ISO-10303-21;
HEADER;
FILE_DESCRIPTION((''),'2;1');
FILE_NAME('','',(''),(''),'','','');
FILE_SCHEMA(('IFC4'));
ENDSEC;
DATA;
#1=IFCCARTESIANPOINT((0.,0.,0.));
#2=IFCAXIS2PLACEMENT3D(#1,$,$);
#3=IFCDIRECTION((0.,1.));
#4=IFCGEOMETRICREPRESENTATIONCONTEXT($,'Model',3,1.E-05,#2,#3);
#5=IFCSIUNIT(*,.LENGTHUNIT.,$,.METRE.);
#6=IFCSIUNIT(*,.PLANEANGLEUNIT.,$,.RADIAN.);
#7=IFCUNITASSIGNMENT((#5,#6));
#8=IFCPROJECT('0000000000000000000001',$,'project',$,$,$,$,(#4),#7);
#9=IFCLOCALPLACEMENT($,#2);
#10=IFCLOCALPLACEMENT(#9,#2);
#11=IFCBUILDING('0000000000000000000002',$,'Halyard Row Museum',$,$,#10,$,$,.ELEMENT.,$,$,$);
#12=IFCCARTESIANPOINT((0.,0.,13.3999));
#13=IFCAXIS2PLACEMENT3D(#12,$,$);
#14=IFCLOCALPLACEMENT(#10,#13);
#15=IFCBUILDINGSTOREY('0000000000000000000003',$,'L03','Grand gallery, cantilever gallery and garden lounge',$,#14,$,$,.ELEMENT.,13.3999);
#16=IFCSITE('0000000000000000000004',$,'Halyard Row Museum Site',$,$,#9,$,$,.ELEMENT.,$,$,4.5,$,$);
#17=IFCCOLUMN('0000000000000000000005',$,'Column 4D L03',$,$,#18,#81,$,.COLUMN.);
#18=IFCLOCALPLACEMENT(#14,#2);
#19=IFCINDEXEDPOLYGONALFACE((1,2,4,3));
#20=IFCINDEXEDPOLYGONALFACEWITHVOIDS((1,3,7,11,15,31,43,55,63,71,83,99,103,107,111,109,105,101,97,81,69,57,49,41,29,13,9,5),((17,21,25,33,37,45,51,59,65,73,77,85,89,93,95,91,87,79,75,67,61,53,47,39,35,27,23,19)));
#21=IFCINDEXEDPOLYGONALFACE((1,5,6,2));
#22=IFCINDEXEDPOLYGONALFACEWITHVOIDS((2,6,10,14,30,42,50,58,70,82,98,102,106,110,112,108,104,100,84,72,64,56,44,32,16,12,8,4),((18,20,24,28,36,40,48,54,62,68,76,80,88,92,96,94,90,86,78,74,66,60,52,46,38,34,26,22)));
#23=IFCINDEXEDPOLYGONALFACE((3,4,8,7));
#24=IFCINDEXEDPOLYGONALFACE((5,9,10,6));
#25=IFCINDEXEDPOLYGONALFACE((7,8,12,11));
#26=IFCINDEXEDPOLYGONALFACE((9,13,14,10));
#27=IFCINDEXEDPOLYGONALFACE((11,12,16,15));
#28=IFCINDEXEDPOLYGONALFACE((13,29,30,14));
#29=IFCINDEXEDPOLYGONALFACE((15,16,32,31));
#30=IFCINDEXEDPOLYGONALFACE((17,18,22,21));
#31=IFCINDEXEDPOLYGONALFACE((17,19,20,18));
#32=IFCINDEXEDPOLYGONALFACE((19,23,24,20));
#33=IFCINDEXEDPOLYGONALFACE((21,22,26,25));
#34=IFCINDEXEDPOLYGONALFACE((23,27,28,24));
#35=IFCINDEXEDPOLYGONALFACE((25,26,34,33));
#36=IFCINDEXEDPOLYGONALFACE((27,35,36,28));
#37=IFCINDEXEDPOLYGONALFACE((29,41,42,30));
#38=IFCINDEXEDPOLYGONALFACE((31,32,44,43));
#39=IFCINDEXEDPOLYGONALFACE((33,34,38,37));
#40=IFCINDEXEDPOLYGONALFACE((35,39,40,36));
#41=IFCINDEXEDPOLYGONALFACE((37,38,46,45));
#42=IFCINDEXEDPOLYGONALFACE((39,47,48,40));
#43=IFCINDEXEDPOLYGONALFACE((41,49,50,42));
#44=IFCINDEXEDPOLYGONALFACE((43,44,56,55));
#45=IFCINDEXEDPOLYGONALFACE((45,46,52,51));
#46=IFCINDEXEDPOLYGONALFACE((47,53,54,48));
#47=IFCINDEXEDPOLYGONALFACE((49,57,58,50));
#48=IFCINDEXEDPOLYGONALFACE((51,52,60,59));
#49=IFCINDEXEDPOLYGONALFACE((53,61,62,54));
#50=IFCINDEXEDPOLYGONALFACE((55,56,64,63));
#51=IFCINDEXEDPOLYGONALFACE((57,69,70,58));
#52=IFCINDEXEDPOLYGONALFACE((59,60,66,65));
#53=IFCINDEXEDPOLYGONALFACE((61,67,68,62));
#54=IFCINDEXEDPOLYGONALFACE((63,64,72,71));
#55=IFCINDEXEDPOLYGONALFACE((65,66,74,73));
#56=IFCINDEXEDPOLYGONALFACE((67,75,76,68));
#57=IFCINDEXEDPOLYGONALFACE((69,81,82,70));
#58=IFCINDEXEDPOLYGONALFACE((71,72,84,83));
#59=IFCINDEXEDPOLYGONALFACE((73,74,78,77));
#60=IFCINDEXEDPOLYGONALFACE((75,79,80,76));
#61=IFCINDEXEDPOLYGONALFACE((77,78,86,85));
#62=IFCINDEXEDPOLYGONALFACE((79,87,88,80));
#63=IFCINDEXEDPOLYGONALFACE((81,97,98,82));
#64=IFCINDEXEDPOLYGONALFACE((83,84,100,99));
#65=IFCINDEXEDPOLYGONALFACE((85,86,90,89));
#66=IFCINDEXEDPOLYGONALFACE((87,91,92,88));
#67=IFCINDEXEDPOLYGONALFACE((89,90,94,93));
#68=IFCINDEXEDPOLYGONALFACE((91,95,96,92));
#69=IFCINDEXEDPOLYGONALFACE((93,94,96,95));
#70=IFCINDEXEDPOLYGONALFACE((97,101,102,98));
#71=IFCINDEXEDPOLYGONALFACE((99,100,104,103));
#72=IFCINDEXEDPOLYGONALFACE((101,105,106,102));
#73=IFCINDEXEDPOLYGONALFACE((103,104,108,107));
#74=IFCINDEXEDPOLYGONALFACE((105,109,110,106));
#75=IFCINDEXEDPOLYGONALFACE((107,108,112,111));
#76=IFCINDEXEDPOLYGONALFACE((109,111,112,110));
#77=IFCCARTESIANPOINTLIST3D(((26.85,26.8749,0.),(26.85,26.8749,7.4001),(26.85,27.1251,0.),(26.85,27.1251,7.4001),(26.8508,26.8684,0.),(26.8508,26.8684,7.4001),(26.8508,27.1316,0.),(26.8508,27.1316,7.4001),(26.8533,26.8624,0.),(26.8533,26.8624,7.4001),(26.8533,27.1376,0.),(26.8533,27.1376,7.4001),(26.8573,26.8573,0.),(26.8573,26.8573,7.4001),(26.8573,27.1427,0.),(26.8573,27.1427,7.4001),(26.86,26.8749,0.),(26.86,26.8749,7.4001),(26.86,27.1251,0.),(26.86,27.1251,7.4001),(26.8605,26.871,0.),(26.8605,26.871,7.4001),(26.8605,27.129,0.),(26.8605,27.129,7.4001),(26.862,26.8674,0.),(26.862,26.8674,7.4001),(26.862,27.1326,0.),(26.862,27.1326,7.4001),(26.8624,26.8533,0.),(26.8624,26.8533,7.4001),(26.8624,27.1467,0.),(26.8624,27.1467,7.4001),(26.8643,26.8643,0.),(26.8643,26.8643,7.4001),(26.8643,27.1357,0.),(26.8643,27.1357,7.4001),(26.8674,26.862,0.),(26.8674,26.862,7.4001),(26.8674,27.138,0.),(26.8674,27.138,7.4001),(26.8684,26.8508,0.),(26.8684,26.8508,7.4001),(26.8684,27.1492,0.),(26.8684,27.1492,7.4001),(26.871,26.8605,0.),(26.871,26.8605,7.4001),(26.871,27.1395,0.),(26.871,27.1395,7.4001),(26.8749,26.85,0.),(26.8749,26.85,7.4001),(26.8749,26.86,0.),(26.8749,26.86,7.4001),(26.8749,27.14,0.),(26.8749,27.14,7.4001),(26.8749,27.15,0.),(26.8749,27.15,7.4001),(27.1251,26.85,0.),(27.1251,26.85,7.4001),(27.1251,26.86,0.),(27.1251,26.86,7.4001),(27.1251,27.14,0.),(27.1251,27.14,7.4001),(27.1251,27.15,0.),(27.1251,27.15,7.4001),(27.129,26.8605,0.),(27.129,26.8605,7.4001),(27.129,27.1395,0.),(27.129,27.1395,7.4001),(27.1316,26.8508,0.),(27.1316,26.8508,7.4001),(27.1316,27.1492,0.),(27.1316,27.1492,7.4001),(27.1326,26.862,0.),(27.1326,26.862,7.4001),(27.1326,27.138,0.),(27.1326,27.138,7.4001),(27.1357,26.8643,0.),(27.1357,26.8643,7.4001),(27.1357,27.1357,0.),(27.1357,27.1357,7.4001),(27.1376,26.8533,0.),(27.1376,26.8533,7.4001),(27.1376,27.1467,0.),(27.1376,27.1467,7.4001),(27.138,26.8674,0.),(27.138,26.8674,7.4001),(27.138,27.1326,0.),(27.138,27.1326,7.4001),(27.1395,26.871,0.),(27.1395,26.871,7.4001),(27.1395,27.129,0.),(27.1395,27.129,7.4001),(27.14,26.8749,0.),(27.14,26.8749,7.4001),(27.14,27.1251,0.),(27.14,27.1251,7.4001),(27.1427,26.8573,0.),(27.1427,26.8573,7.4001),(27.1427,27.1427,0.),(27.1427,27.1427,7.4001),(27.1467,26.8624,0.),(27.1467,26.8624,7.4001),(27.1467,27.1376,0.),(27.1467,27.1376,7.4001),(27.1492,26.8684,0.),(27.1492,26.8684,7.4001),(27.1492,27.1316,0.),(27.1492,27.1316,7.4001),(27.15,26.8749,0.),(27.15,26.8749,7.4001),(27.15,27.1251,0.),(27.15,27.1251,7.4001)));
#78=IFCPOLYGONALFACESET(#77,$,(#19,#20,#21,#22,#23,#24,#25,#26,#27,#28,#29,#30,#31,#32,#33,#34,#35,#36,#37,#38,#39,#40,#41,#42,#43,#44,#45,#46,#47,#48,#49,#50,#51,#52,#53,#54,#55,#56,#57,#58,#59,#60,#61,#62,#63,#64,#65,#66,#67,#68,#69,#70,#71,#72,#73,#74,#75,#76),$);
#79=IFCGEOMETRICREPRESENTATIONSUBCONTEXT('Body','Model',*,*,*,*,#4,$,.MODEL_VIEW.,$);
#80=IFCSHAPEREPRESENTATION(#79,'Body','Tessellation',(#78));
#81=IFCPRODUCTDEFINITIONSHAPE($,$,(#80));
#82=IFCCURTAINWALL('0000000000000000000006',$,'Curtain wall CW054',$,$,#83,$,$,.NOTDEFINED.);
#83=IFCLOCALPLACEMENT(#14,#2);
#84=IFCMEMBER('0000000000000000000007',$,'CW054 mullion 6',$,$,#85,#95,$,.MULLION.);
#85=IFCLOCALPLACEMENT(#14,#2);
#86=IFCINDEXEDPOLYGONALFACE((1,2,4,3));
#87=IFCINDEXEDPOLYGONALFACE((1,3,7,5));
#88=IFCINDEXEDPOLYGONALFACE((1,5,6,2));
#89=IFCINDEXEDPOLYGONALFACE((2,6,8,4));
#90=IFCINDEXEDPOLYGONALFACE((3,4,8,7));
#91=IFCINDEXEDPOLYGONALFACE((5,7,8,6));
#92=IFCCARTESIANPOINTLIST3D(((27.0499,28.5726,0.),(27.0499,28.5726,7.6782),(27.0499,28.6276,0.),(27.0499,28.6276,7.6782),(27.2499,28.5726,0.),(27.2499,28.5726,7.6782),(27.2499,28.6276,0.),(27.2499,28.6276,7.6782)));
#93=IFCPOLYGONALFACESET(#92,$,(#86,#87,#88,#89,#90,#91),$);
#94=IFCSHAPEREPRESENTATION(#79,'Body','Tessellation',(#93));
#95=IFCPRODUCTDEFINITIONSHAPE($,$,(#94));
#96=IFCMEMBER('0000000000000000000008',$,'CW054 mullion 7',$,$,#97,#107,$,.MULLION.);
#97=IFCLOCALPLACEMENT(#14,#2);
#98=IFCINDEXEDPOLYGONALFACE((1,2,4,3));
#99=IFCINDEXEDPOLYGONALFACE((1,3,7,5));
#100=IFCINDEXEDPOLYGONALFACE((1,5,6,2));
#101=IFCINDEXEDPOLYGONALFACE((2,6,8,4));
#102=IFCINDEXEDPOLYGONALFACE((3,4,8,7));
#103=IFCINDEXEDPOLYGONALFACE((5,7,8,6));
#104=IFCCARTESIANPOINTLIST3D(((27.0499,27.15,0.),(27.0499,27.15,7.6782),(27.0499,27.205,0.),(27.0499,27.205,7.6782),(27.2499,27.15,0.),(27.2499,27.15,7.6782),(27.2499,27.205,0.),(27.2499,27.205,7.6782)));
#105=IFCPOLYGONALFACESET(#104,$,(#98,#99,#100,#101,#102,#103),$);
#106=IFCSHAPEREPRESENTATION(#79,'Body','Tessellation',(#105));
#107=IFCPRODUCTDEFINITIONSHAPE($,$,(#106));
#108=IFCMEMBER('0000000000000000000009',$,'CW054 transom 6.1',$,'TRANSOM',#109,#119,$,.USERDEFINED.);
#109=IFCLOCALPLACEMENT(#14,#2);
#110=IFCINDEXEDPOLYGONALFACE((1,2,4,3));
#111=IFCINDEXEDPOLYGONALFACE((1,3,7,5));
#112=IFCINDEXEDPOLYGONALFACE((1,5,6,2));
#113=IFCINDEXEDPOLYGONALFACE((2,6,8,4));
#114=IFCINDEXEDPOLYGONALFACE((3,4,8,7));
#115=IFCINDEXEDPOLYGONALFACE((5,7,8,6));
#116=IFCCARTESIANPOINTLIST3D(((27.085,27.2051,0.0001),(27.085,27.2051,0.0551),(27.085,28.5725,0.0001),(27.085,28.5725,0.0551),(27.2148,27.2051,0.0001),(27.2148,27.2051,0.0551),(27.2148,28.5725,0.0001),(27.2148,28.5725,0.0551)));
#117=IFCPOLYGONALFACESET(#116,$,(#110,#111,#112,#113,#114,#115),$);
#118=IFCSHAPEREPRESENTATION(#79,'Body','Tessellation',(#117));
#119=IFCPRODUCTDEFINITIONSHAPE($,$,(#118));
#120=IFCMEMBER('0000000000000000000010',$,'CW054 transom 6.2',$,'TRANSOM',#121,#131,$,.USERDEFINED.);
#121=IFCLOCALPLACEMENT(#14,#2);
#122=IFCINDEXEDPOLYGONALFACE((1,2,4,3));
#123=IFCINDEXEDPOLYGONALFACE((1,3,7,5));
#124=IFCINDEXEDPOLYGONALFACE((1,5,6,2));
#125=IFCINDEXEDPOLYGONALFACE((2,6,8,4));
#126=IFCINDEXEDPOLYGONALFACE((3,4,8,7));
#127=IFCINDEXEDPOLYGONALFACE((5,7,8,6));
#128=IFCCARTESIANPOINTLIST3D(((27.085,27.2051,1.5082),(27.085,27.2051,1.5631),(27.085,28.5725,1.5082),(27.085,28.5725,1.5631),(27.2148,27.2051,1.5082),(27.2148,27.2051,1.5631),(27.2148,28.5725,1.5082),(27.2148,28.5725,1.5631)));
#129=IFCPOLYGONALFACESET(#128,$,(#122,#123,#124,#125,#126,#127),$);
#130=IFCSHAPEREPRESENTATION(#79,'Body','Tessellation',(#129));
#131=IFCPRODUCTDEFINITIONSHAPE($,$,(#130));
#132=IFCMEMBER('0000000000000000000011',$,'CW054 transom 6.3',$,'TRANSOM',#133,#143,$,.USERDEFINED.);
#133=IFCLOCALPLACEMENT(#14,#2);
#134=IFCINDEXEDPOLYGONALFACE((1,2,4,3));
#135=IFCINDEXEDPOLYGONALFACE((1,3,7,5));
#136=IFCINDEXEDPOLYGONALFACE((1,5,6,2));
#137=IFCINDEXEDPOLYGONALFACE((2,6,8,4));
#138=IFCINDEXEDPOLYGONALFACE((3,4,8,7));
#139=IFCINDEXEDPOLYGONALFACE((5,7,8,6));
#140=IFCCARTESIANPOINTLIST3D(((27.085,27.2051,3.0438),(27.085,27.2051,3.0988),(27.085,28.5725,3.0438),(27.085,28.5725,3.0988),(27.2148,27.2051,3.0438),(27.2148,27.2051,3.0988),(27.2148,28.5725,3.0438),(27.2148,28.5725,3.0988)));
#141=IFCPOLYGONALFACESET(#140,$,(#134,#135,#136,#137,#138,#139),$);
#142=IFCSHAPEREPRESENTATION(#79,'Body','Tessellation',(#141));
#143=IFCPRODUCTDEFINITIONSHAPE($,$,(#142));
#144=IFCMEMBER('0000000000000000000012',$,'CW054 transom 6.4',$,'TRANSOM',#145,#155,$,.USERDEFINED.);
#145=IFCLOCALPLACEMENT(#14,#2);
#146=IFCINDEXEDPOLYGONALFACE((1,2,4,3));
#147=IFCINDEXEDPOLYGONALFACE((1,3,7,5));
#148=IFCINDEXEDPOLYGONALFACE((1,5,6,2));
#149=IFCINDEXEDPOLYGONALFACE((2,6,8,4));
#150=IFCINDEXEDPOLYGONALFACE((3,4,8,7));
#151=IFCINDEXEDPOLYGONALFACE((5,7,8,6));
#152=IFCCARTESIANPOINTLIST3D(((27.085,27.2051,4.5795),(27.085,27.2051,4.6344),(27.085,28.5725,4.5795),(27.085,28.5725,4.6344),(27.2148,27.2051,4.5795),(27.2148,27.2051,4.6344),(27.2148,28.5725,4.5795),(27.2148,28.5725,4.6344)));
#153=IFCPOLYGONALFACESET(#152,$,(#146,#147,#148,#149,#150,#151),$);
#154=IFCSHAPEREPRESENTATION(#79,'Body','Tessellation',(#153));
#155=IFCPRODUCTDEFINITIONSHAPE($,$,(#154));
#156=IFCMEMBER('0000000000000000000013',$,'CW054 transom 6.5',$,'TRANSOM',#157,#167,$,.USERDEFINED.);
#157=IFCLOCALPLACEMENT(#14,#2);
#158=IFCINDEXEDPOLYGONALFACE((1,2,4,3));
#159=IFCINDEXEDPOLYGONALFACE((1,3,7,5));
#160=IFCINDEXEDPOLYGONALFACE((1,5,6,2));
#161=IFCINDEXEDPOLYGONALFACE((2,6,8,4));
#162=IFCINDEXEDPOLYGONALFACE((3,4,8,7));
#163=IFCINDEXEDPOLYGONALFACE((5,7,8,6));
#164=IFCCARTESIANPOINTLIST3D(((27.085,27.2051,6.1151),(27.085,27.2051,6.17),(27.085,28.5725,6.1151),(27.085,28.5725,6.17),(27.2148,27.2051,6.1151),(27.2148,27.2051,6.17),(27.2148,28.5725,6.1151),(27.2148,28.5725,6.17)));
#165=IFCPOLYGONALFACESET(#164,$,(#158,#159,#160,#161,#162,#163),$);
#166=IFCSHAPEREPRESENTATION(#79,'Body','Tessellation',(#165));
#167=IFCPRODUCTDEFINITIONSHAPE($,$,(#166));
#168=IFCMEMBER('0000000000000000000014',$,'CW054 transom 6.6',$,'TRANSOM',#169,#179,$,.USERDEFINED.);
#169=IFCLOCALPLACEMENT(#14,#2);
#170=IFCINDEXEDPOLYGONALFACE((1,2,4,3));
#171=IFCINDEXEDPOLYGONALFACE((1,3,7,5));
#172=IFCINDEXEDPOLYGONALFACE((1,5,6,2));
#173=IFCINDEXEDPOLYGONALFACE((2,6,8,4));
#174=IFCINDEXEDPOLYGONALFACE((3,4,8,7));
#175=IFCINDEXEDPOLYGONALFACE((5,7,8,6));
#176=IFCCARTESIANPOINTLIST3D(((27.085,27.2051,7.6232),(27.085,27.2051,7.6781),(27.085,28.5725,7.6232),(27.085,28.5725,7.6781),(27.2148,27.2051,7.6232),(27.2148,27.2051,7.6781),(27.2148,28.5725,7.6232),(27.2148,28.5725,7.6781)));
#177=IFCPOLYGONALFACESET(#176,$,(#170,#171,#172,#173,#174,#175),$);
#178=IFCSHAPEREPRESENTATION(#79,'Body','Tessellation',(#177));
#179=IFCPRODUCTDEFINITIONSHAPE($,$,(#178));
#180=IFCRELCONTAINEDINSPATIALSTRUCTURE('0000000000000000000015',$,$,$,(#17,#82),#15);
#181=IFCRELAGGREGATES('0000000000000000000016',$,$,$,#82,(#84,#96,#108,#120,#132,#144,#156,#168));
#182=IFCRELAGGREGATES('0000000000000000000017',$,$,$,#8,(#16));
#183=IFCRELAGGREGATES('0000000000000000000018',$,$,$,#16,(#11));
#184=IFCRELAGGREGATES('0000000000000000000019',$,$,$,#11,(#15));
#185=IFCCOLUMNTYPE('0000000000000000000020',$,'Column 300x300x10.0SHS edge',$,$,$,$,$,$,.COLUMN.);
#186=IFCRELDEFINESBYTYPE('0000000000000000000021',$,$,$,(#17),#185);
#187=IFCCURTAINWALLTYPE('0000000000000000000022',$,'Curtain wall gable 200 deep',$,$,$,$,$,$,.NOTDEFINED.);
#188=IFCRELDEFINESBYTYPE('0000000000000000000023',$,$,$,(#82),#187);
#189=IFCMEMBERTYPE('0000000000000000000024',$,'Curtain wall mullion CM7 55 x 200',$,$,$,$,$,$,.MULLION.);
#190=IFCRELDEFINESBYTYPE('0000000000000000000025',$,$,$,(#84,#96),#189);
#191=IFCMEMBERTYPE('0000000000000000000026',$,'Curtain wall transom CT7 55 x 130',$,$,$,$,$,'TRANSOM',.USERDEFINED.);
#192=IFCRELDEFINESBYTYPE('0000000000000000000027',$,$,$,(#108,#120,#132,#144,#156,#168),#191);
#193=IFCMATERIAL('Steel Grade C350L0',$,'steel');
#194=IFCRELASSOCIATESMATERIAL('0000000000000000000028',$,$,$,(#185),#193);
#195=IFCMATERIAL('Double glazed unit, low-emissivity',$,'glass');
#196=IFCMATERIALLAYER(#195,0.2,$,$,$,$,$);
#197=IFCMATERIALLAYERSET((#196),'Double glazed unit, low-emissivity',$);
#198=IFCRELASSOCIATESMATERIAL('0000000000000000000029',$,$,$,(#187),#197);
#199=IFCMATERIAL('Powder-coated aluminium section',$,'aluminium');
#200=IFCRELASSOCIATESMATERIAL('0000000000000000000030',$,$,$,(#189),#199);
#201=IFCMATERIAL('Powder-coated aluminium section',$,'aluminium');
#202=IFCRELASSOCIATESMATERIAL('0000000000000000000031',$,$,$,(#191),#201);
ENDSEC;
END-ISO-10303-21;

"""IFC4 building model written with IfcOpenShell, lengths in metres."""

from ifc_helpers import new_model, si_unit, direction, frame, origin, origin_2d, place, context, subcontext, project, spatial, rectangle, hollow_rectangle, extrude, material, layer, layer_set, material_profile, profile_set, type_object, element, aggregate, save


model = new_model("IFC4")

# Units and contexts
model_context = context("Model", 3, precision=1e-05, world=origin(), true_north=direction((0.0, 1.0)))
body_context = subcontext(model_context, "Body", "Model", "MODEL_VIEW")
ifc_project = project(units=[si_unit("LENGTHUNIT", "METRE"), si_unit("PLANEANGLEUNIT", "RADIAN")], contexts=[model_context])

# Site, building, storey
site_placement = place(None, origin())
site = spatial("IfcSite", under=ifc_project, at=site_placement, Name="Halyard Row Museum Site", CompositionType="ELEMENT", RefElevation=4.5)
building_placement = place(site_placement, origin())
building = spatial("IfcBuilding", under=site, at=building_placement, Name="Halyard Row Museum", CompositionType="ELEMENT")
storey_placement = place(building_placement, frame((0.0, 0.0, 13.3999)))
storey = spatial("IfcBuildingStorey", under=building, at=storey_placement, Name="L03", Description="Grand gallery, cantilever gallery and garden lounge", CompositionType="ELEMENT", Elevation=13.3999)

# Column
ifc_material_1 = material(Name="Steel Grade C350L0", Category="steel")
ifc_material_profile_1 = material_profile(ifc_material_1, hollow_rectangle(XDim=0.3, YDim=0.3, WallThickness=0.01, InnerFilletRadius=0.0149, OuterFilletRadius=0.0249, at=origin_2d()), Name="300x300x10.0SHS")
ifc_profile_set_1 = profile_set([ifc_material_profile_1], Name="Steel Grade C350L0")
column_type = type_object("IfcColumnType", Name="Column 300x300x10.0SHS edge", PredefinedType="COLUMN", material=ifc_profile_set_1)
column_placement = place(storey_placement, frame((27.0, 27.0, 0.0), z_axis=(0.0, 0.0, 1.0), x_axis=(1.0, 0.0, 0.0)))
element("IfcColumn", 1, at=column_placement, inside=storey, type_object=column_type, Name="Column 4D L03", PredefinedType="COLUMN", context=body_context, shape_type="SweptSolid", body=[
    extrude(hollow_rectangle(XDim=0.3, YDim=0.3, WallThickness=0.01, InnerFilletRadius=0.0149, OuterFilletRadius=0.0249, at=origin_2d()), origin(), (0.0, 0.0, 1.0), 7.4001),
])

# Curtain wall, members
ifc_material_2 = material(Name="Double glazed unit, low-emissivity", Category="glass")
ifc_layer_1 = layer(ifc_material_2, 0.2)
ifc_layer_set_1 = layer_set([ifc_layer_1], Name="Double glazed unit, low-emissivity")
curtain_wall_type = type_object("IfcCurtainWallType", Name="Curtain wall gable 200 deep", PredefinedType="NOTDEFINED", material=ifc_layer_set_1)
curtain_wall_placement = place(storey_placement, origin())
curtain_wall = element("IfcCurtainWall", 2, at=curtain_wall_placement, inside=storey, type_object=curtain_wall_type, Name="Curtain wall CW054", PredefinedType="NOTDEFINED")
ifc_material_3 = material(Name="Powder-coated aluminium section", Category="aluminium")
ifc_material_profile_2 = material_profile(ifc_material_3, rectangle(XDim=0.2, YDim=0.0549, at=origin_2d()), Name="200x55 mullion")
ifc_profile_set_2 = profile_set([ifc_material_profile_2], Name="Powder-coated aluminium section")
member_type_1 = type_object("IfcMemberType", Name="Curtain wall mullion CM7 55 x 200", PredefinedType="MULLION", material=ifc_profile_set_2)
member_1_placement = place(storey_placement, frame((27.1499, 28.6001, 0.0), z_axis=(0.0, 0.0, 1.0), x_axis=(1.0, 0.0, 0.0)))
member_1 = element("IfcMember", 3, at=member_1_placement, type_object=member_type_1, Name="CW054 mullion 6", PredefinedType="MULLION", context=body_context, shape_type="SweptSolid", body=[
    extrude(rectangle(XDim=0.2, YDim=0.0549, at=origin_2d()), origin(), (0.0, 0.0, 1.0), 7.6782),
])
member_2_placement = place(storey_placement, frame((27.1499, 27.1775, 0.0), z_axis=(0.0, 0.0, 1.0), x_axis=(1.0, 0.0, 0.0)))
member_2 = element("IfcMember", 4, at=member_2_placement, type_object=member_type_1, Name="CW054 mullion 7", PredefinedType="MULLION", context=body_context, shape_type="SweptSolid", body=[
    extrude(rectangle(XDim=0.2, YDim=0.0549, at=origin_2d()), origin(), (0.0, 0.0, 1.0), 7.6782),
])
ifc_material_4 = material(Name="Powder-coated aluminium section", Category="aluminium")
ifc_material_profile_3 = material_profile(ifc_material_4, rectangle(XDim=0.1299, YDim=0.0549, at=origin_2d()), Name="130x55 transom")
ifc_profile_set_3 = profile_set([ifc_material_profile_3], Name="Powder-coated aluminium section")
member_type_2 = type_object("IfcMemberType", Name="Curtain wall transom CT7 55 x 130", ElementType="TRANSOM", PredefinedType="USERDEFINED", material=ifc_profile_set_3)
member_3_placement = place(storey_placement, frame((27.1499, 28.5725, 0.0276), z_axis=(0.0, -1.0, 0.0), x_axis=(1.0, 0.0, 0.0)))
member_3 = element("IfcMember", 5, at=member_3_placement, type_object=member_type_2, Name="CW054 transom 6.1", ObjectType="TRANSOM", PredefinedType="USERDEFINED", context=body_context, shape_type="SweptSolid", body=[
    extrude(rectangle(XDim=0.1299, YDim=0.0549, at=origin_2d()), origin(), (0.0, 0.0, 1.0), 1.3674),
])
member_4_placement = place(storey_placement, frame((27.1499, 28.5725, 1.5356), z_axis=(0.0, -1.0, 0.0), x_axis=(1.0, 0.0, 0.0)))
member_4 = element("IfcMember", 6, at=member_4_placement, type_object=member_type_2, Name="CW054 transom 6.2", ObjectType="TRANSOM", PredefinedType="USERDEFINED", context=body_context, shape_type="SweptSolid", body=[
    extrude(rectangle(XDim=0.1299, YDim=0.0549, at=origin_2d()), origin(), (0.0, 0.0, 1.0), 1.3674),
])
member_5_placement = place(storey_placement, frame((27.1499, 28.5725, 3.0713), z_axis=(0.0, -1.0, 0.0), x_axis=(1.0, 0.0, 0.0)))
member_5 = element("IfcMember", 7, at=member_5_placement, type_object=member_type_2, Name="CW054 transom 6.3", ObjectType="TRANSOM", PredefinedType="USERDEFINED", context=body_context, shape_type="SweptSolid", body=[
    extrude(rectangle(XDim=0.1299, YDim=0.0549, at=origin_2d()), origin(), (0.0, 0.0, 1.0), 1.3674),
])
member_6_placement = place(storey_placement, frame((27.1499, 28.5725, 4.6069), z_axis=(0.0, -1.0, 0.0), x_axis=(1.0, 0.0, 0.0)))
member_6 = element("IfcMember", 8, at=member_6_placement, type_object=member_type_2, Name="CW054 transom 6.4", ObjectType="TRANSOM", PredefinedType="USERDEFINED", context=body_context, shape_type="SweptSolid", body=[
    extrude(rectangle(XDim=0.1299, YDim=0.0549, at=origin_2d()), origin(), (0.0, 0.0, 1.0), 1.3674),
])
member_7_placement = place(storey_placement, frame((27.1499, 28.5725, 6.1426), z_axis=(0.0, -1.0, 0.0), x_axis=(1.0, 0.0, 0.0)))
member_7 = element("IfcMember", 9, at=member_7_placement, type_object=member_type_2, Name="CW054 transom 6.5", ObjectType="TRANSOM", PredefinedType="USERDEFINED", context=body_context, shape_type="SweptSolid", body=[
    extrude(rectangle(XDim=0.1299, YDim=0.0549, at=origin_2d()), origin(), (0.0, 0.0, 1.0), 1.3674),
])
member_8_placement = place(storey_placement, frame((27.1499, 28.5725, 7.6506), z_axis=(0.0, -1.0, 0.0), x_axis=(1.0, 0.0, 0.0)))
member_8 = element("IfcMember", 10, at=member_8_placement, type_object=member_type_2, Name="CW054 transom 6.6", ObjectType="TRANSOM", PredefinedType="USERDEFINED", context=body_context, shape_type="SweptSolid", body=[
    extrude(rectangle(XDim=0.1299, YDim=0.0549, at=origin_2d()), origin(), (0.0, 0.0, 1.0), 1.3674),
])

aggregate(curtain_wall, [member_1, member_2, member_3, member_4, member_5, member_6, member_7, member_8])

save(model, "model.ifc")
